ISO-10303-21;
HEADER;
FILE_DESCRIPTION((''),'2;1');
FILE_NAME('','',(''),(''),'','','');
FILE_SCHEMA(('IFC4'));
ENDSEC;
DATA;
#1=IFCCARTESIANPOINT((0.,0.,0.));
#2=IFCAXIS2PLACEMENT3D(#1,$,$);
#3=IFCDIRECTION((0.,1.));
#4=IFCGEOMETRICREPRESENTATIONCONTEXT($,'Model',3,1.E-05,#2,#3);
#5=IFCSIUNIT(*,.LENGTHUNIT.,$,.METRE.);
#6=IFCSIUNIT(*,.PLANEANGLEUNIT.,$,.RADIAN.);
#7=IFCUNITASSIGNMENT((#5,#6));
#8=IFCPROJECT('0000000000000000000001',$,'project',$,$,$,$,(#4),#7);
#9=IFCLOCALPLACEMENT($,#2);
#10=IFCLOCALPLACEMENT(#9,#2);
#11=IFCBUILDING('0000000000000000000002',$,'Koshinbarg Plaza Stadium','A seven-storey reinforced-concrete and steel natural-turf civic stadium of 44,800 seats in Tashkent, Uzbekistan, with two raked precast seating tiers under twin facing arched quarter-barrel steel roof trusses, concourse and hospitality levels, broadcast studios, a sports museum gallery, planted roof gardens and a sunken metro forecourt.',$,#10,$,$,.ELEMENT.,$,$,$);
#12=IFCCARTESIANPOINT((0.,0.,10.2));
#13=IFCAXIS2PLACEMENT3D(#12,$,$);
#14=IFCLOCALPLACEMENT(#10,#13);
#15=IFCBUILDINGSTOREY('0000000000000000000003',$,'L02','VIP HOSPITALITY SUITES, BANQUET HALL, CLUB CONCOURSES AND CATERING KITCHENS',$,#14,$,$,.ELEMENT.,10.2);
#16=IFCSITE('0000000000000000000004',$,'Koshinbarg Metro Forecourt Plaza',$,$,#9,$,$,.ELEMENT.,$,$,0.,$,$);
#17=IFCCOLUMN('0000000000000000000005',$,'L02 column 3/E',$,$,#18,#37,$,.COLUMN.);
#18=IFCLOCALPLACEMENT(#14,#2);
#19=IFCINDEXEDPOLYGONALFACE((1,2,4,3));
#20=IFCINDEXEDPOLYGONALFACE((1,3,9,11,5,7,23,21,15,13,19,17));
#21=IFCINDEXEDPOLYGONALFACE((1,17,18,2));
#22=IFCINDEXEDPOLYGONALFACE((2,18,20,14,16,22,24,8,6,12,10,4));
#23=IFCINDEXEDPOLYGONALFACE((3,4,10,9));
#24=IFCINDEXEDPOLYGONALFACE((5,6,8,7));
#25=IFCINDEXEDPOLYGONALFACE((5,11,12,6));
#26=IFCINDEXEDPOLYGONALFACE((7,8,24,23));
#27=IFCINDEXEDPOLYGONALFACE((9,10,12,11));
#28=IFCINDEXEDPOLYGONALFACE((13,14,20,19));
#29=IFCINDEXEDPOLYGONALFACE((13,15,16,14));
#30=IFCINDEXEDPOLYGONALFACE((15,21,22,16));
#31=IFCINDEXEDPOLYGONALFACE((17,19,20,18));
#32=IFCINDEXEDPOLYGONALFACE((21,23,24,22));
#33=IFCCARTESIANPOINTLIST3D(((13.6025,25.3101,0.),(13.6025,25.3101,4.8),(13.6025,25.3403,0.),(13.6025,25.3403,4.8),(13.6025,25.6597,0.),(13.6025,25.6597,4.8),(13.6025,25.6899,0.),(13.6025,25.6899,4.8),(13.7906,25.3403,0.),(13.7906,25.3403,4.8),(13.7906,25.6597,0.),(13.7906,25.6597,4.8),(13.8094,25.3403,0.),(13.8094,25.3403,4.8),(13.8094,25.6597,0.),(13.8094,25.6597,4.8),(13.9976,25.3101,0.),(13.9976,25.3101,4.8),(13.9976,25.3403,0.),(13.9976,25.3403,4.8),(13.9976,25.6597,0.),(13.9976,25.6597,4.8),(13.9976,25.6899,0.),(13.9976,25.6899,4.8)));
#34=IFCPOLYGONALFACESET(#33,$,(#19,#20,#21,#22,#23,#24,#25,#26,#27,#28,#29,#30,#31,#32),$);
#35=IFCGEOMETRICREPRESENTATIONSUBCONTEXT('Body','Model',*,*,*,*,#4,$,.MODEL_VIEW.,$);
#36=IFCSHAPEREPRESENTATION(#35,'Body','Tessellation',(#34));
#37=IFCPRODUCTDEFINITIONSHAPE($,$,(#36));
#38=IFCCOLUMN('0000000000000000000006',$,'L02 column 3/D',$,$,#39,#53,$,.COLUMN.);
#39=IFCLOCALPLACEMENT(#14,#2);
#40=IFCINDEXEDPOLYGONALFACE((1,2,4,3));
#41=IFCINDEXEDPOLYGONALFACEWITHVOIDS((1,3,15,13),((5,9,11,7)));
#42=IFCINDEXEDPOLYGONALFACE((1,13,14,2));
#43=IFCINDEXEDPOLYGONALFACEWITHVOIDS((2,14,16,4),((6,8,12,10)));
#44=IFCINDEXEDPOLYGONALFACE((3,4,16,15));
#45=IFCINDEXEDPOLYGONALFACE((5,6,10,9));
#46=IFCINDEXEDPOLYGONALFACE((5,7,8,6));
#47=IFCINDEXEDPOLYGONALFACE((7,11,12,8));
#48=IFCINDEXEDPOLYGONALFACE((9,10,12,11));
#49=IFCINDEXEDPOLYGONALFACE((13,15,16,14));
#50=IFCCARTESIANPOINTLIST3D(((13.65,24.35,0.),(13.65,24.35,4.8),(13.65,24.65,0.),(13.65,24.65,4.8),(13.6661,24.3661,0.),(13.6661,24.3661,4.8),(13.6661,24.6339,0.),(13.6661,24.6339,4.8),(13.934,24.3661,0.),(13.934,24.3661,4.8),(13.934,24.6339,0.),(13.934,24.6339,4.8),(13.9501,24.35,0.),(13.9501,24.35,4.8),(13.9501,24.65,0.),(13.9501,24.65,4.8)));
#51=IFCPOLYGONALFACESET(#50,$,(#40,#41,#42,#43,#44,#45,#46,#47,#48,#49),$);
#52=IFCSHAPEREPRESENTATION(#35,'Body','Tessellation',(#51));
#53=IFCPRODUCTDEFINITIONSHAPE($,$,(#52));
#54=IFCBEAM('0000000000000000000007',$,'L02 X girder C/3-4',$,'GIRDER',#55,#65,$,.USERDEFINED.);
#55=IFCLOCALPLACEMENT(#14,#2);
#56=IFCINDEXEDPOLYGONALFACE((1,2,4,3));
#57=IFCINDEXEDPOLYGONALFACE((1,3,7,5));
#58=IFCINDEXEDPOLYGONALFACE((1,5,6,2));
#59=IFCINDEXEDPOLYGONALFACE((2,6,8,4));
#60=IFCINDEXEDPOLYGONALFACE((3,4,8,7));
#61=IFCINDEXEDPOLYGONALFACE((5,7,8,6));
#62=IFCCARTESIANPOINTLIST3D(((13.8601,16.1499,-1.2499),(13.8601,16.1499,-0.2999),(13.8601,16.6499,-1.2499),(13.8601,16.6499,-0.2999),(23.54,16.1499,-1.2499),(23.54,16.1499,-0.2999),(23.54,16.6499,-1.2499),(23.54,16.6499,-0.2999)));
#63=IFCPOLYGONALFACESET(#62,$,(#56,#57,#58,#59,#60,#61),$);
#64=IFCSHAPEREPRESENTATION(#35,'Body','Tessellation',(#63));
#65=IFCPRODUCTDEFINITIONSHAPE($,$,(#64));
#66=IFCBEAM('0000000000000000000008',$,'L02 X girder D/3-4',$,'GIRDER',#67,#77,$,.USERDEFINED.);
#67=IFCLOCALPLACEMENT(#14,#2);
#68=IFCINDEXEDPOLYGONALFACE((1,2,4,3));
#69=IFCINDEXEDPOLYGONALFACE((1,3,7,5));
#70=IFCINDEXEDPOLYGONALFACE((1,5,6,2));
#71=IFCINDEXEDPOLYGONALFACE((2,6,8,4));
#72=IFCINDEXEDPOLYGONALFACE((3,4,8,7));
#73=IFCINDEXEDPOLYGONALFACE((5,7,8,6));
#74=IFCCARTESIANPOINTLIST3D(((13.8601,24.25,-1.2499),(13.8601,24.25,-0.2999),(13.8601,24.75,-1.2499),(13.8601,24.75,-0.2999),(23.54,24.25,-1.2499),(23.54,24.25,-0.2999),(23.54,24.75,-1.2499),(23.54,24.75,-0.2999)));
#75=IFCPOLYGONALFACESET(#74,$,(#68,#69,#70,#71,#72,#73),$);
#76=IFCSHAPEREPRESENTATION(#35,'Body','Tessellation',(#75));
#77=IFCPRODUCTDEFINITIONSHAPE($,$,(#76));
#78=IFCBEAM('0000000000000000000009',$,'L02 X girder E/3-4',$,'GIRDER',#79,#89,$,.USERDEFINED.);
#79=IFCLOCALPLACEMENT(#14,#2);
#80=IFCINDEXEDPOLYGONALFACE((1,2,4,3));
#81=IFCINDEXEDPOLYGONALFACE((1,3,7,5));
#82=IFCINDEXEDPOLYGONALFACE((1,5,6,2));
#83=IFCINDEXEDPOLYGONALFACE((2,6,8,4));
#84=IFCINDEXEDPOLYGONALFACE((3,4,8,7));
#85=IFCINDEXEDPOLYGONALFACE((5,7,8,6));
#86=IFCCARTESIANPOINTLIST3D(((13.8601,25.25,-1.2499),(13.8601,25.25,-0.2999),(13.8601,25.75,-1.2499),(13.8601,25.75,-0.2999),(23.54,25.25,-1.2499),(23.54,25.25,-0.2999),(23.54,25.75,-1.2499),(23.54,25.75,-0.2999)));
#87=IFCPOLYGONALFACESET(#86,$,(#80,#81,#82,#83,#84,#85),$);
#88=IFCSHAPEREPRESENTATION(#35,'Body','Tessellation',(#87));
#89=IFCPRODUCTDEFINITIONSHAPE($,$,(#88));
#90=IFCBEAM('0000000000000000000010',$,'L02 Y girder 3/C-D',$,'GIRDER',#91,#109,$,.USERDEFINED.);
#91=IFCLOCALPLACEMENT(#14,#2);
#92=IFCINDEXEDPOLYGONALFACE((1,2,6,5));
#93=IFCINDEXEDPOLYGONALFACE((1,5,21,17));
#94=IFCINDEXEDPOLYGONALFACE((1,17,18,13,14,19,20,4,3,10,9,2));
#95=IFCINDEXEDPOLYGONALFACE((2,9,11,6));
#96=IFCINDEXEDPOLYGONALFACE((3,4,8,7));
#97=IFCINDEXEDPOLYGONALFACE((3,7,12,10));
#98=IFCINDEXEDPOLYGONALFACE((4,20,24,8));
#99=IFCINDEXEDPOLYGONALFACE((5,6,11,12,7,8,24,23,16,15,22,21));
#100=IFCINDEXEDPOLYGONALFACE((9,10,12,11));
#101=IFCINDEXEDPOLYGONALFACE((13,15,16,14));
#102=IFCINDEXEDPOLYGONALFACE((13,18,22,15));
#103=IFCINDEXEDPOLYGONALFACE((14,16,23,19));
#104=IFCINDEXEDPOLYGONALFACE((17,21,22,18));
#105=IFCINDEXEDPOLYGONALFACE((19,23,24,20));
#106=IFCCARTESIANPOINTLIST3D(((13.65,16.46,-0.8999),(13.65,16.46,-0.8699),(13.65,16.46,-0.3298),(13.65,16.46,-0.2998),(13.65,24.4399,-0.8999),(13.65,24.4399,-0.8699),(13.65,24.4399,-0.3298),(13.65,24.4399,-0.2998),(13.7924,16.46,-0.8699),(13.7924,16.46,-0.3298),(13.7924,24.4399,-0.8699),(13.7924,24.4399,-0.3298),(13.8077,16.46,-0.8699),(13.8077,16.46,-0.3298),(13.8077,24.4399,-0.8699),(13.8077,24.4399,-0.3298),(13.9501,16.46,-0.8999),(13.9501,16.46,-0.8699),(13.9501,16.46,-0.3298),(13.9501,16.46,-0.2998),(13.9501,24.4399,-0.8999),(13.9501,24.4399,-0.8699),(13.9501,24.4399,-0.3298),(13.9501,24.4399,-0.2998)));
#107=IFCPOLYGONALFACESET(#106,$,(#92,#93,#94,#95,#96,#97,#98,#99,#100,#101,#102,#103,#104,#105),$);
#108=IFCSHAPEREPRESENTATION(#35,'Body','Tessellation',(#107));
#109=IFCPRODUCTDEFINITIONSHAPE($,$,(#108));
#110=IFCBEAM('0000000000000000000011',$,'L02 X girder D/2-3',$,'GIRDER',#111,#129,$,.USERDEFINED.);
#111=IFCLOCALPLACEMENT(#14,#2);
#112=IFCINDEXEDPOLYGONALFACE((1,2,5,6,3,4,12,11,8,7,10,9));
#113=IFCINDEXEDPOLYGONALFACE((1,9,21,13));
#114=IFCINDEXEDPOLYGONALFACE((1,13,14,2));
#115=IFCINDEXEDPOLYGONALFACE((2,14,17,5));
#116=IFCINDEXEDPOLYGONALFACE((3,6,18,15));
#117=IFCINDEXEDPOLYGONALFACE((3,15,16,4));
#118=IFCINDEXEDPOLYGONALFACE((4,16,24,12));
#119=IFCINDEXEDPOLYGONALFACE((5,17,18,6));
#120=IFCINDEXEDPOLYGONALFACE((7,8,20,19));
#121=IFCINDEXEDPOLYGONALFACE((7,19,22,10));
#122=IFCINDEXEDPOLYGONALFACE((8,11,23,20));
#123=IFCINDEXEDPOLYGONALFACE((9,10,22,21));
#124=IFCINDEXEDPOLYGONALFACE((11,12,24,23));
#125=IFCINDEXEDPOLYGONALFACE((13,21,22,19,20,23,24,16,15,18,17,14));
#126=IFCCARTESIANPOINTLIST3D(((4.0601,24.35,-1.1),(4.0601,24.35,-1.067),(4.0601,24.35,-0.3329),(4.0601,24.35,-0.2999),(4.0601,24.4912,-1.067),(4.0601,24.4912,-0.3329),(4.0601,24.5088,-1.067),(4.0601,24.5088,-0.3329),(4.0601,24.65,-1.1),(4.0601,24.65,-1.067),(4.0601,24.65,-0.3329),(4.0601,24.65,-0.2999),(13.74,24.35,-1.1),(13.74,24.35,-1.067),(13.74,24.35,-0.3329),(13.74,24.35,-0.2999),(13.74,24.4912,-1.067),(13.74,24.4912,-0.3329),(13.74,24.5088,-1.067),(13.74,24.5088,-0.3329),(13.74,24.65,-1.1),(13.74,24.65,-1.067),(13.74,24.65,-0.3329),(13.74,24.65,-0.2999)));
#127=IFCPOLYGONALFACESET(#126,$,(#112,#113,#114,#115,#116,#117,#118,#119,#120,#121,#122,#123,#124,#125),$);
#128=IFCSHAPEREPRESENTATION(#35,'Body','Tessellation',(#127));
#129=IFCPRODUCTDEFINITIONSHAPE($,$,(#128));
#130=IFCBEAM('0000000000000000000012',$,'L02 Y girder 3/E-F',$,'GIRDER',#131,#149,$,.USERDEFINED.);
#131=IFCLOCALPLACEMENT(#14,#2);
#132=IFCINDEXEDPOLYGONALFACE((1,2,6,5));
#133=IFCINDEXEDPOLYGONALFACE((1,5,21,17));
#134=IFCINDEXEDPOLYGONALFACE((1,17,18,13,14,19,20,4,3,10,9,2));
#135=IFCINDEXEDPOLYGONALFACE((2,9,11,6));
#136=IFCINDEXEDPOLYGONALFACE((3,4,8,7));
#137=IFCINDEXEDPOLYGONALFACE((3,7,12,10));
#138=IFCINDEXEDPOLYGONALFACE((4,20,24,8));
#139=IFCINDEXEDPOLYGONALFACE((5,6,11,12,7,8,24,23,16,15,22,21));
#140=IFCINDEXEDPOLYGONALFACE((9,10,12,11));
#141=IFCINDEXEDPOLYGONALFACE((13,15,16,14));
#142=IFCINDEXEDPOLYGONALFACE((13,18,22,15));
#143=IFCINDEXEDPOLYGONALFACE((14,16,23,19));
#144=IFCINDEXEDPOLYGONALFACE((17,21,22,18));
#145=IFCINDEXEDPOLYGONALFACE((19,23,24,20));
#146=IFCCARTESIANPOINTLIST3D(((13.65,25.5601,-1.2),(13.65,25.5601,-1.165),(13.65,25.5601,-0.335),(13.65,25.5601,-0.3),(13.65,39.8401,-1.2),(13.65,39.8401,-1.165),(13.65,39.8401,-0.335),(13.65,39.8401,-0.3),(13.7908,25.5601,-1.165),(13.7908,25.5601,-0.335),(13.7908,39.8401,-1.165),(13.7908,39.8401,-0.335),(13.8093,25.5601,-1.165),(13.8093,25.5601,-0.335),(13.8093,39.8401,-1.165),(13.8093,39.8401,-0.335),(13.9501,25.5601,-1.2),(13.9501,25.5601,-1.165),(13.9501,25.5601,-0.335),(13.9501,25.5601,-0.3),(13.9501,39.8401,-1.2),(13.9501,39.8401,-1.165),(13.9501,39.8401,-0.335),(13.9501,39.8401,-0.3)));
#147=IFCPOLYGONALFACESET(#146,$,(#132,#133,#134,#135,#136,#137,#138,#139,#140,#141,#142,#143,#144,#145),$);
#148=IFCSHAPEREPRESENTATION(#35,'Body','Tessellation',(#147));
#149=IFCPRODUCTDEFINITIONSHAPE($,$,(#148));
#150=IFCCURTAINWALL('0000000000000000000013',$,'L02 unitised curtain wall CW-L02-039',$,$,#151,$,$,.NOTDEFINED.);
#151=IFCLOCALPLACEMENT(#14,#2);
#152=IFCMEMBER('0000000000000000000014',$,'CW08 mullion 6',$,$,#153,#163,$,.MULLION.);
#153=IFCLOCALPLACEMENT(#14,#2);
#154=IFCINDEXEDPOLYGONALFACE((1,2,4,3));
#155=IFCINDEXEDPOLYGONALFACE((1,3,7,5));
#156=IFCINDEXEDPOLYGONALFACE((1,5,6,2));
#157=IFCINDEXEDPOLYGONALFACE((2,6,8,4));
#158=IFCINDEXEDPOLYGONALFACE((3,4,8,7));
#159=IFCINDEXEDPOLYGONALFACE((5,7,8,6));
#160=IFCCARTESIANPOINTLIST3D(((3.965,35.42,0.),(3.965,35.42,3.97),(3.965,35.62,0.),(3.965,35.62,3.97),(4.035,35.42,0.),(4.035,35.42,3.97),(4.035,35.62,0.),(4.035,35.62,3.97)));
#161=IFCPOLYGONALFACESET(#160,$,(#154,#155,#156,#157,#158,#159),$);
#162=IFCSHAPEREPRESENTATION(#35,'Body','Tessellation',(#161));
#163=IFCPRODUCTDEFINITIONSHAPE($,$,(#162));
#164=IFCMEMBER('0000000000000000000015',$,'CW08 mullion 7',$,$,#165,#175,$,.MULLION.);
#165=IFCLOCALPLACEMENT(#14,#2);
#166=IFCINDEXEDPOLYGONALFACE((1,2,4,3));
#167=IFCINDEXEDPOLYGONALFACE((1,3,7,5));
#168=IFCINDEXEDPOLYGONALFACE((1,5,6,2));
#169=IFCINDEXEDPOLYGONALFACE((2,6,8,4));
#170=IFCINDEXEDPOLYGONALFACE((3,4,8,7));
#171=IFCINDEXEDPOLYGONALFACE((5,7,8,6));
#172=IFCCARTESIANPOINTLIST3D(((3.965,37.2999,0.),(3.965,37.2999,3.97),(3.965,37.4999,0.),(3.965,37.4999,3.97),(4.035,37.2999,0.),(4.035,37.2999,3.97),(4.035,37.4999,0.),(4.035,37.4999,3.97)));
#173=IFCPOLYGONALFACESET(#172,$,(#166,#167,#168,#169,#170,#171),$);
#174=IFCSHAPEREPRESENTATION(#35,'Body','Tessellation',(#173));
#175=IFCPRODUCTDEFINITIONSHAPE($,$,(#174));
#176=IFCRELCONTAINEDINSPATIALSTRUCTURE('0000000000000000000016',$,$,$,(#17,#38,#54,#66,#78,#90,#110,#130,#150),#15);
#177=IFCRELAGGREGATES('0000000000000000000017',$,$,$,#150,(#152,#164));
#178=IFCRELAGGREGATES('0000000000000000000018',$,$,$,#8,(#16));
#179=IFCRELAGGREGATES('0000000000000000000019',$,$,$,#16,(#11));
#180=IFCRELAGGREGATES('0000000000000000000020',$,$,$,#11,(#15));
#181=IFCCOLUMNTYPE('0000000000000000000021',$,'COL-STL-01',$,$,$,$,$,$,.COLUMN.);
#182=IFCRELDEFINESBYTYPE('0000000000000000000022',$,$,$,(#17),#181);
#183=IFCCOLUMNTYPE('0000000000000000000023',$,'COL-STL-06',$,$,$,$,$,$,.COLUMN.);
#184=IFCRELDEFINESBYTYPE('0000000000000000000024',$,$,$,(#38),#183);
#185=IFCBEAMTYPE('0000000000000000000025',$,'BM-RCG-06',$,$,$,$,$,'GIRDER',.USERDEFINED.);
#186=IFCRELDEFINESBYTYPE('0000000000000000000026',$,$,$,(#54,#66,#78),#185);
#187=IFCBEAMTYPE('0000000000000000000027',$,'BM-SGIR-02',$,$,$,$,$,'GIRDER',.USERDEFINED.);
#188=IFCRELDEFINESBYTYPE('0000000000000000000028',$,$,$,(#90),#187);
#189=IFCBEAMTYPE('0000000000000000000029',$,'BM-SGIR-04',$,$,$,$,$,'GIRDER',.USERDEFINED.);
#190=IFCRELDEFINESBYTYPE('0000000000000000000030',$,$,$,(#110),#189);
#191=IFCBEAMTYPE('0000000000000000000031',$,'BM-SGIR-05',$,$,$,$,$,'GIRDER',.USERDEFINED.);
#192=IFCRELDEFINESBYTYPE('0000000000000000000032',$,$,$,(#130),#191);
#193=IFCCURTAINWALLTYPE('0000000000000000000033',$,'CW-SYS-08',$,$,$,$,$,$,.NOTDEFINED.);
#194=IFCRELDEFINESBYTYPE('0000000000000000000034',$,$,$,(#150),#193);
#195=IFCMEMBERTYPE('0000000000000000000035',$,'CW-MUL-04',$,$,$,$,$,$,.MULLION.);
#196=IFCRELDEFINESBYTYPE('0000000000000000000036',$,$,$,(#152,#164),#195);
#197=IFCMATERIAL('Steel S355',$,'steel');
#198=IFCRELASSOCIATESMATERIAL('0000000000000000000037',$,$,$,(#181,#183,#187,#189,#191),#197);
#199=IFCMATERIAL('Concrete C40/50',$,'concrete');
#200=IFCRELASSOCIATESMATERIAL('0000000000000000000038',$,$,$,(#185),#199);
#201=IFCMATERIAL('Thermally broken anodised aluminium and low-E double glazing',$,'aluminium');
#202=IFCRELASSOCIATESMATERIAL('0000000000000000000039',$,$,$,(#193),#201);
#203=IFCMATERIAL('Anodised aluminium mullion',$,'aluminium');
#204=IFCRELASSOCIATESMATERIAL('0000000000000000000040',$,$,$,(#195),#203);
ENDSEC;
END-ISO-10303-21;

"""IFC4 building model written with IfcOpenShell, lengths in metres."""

from ifc_helpers import new_model, si_unit, direction, frame, origin, origin_2d, place, context, subcontext, project, spatial, rectangle, hollow_rectangle, i_section, extrude, material, material_profile, profile_set, type_object, element, aggregate, save


model = new_model("IFC4")

# Units and contexts
model_context = context("Model", 3, precision=1e-05, world=origin(), true_north=direction((0.0, 1.0)))
body_context = subcontext(model_context, "Body", "Model", "MODEL_VIEW")
ifc_project = project(units=[si_unit("LENGTHUNIT", "METRE"), si_unit("PLANEANGLEUNIT", "RADIAN")], contexts=[model_context])

# Site, building, storey
site_placement = place(None, origin())
site = spatial("IfcSite", under=ifc_project, at=site_placement, Name="Koshinbarg Metro Forecourt Plaza", CompositionType="ELEMENT", RefElevation=0.0)
building_placement = place(site_placement, origin())
building = spatial("IfcBuilding", under=site, at=building_placement, Name="Koshinbarg Plaza Stadium", Description="A seven-storey reinforced-concrete and steel natural-turf civic stadium of 44,800 seats in Tashkent, Uzbekistan, with two raked precast seating tiers under twin facing arched quarter-barrel steel roof trusses, concourse and hospitality levels, broadcast studios, a sports museum gallery, planted roof gardens and a sunken metro forecourt.", CompositionType="ELEMENT")
storey_placement = place(building_placement, frame((0.0, 0.0, 10.2)))
storey = spatial("IfcBuildingStorey", under=building, at=storey_placement, Name="L02", Description="VIP HOSPITALITY SUITES, BANQUET HALL, CLUB CONCOURSES AND CATERING KITCHENS", CompositionType="ELEMENT", Elevation=10.2)

# Columns
ifc_material_1 = material(Name="Steel S355", Category="steel")
ifc_material_profile_1 = material_profile(ifc_material_1, i_section(OverallWidth=0.395, OverallDepth=0.3799, WebThickness=0.0188, FlangeThickness=0.0303, at=origin_2d()), Name="HD 400x237")
ifc_profile_set_1 = profile_set([ifc_material_profile_1], Name="Steel S355")
column_type_1 = type_object("IfcColumnType", Name="COL-STL-01", PredefinedType="COLUMN", material=ifc_profile_set_1)
column_1_placement = place(storey_placement, frame((13.8, 25.5, 0.0), z_axis=(0.0, 0.0, 1.0), x_axis=(1.0, 0.0, 0.0)))
element("IfcColumn", 1, at=column_1_placement, inside=storey, type_object=column_type_1, Name="L02 column 3/E", PredefinedType="COLUMN", context=body_context, shape_type="SweptSolid", body=[
    extrude(i_section(OverallWidth=0.395, OverallDepth=0.3799, WebThickness=0.0188, FlangeThickness=0.0303, at=origin_2d()), origin(), (0.0, 0.0, 1.0), 4.8),
])
ifc_material_profile_2 = material_profile(ifc_material_1, hollow_rectangle(XDim=0.3, YDim=0.3, WallThickness=0.0161, at=origin_2d()), Name="SHS 300x300x16")
ifc_profile_set_2 = profile_set([ifc_material_profile_2], Name="Steel S355")
column_type_2 = type_object("IfcColumnType", Name="COL-STL-06", PredefinedType="COLUMN", material=ifc_profile_set_2)
column_2_placement = place(storey_placement, frame((13.8, 24.5, 0.0), z_axis=(0.0, 0.0, 1.0), x_axis=(1.0, 0.0, 0.0)))
element("IfcColumn", 2, at=column_2_placement, inside=storey, type_object=column_type_2, Name="L02 column 3/D", PredefinedType="COLUMN", context=body_context, shape_type="SweptSolid", body=[
    extrude(hollow_rectangle(XDim=0.3, YDim=0.3, WallThickness=0.0161, at=origin_2d()), origin(), (0.0, 0.0, 1.0), 4.8),
])

# Beams
ifc_material_2 = material(Name="Concrete C40/50", Category="concrete")
ifc_material_profile_3 = material_profile(ifc_material_2, rectangle(XDim=0.5, YDim=0.95, at=origin_2d()), Name="RC 500x950")
ifc_profile_set_3 = profile_set([ifc_material_profile_3], Name="Concrete C40/50")
beam_type_1 = type_object("IfcBeamType", Name="BM-RCG-06", ElementType="GIRDER", PredefinedType="USERDEFINED", material=ifc_profile_set_3)
for number, where, z_axis, x_axis, name in (
    (3, (13.8601, 16.3999, -0.7749), (1.0, 0.0, 0.0), (0.0, 1.0, 0.0), "L02 X girder C/3-4"),
    (4, (13.8601, 24.5, -0.7749), (1.0, 0.0, 0.0), (0.0, 1.0, 0.0), "L02 X girder D/3-4"),
    (5, (13.8601, 25.5, -0.7749), (1.0, 0.0, 0.0), (0.0, 1.0, 0.0), "L02 X girder E/3-4"),
):
    element("IfcBeam", number, at=place(storey_placement, frame(where, z_axis=z_axis, x_axis=x_axis)), inside=storey, type_object=beam_type_1, Name=name, ObjectType="GIRDER", PredefinedType="USERDEFINED", context=body_context, shape_type="SweptSolid", body=[
        extrude(rectangle(XDim=0.5, YDim=0.95, at=origin_2d()), origin(), (0.0, 0.0, 1.0), 9.6799),
    ])
ifc_material_profile_4 = material_profile(ifc_material_1, i_section(OverallWidth=0.3, OverallDepth=0.6001, WebThickness=0.0154, FlangeThickness=0.03, at=origin_2d()), Name="HEB 600")
ifc_profile_set_4 = profile_set([ifc_material_profile_4], Name="Steel S355")
beam_type_2 = type_object("IfcBeamType", Name="BM-SGIR-02", ElementType="GIRDER", PredefinedType="USERDEFINED", material=ifc_profile_set_4)
beam_1_placement = place(storey_placement, frame((13.8, 16.46, -0.5999), z_axis=(0.0, 1.0, 0.0), x_axis=(-1.0, 0.0, 0.0)))
element("IfcBeam", 6, at=beam_1_placement, inside=storey, type_object=beam_type_2, Name="L02 Y girder 3/C-D", ObjectType="GIRDER", PredefinedType="USERDEFINED", context=body_context, shape_type="SweptSolid", body=[
    extrude(i_section(OverallWidth=0.3, OverallDepth=0.6001, WebThickness=0.0154, FlangeThickness=0.03, at=origin_2d()), origin(), (0.0, 0.0, 1.0), 7.98),
])
ifc_material_profile_5 = material_profile(ifc_material_1, i_section(OverallWidth=0.3, OverallDepth=0.8, WebThickness=0.0176, FlangeThickness=0.033, at=origin_2d()), Name="HEB 800")
ifc_profile_set_5 = profile_set([ifc_material_profile_5], Name="Steel S355")
beam_type_3 = type_object("IfcBeamType", Name="BM-SGIR-04", ElementType="GIRDER", PredefinedType="USERDEFINED", material=ifc_profile_set_5)
beam_2_placement = place(storey_placement, frame((4.0601, 24.5, -0.7), z_axis=(1.0, 0.0, 0.0), x_axis=(0.0, 1.0, 0.0)))
element("IfcBeam", 7, at=beam_2_placement, inside=storey, type_object=beam_type_3, Name="L02 X girder D/2-3", ObjectType="GIRDER", PredefinedType="USERDEFINED", context=body_context, shape_type="SweptSolid", body=[
    extrude(i_section(OverallWidth=0.3, OverallDepth=0.8, WebThickness=0.0176, FlangeThickness=0.033, at=origin_2d()), origin(), (0.0, 0.0, 1.0), 9.6799),
])
ifc_material_profile_6 = material_profile(ifc_material_1, i_section(OverallWidth=0.3, OverallDepth=0.8999, WebThickness=0.0186, FlangeThickness=0.0349, at=origin_2d()), Name="HEB 900")
ifc_profile_set_6 = profile_set([ifc_material_profile_6], Name="Steel S355")
beam_type_4 = type_object("IfcBeamType", Name="BM-SGIR-05", ElementType="GIRDER", PredefinedType="USERDEFINED", material=ifc_profile_set_6)
beam_3_placement = place(storey_placement, frame((13.8, 25.5601, -0.75), z_axis=(0.0, 1.0, 0.0), x_axis=(-1.0, 0.0, 0.0)))
element("IfcBeam", 8, at=beam_3_placement, inside=storey, type_object=beam_type_4, Name="L02 Y girder 3/E-F", ObjectType="GIRDER", PredefinedType="USERDEFINED", context=body_context, shape_type="SweptSolid", body=[
    extrude(i_section(OverallWidth=0.3, OverallDepth=0.8999, WebThickness=0.0186, FlangeThickness=0.0349, at=origin_2d()), origin(), (0.0, 0.0, 1.0), 14.28),
])

# Curtain wall, members
ifc_material_3 = material(Name="Thermally broken anodised aluminium and low-E double glazing", Category="aluminium")
curtain_wall_type = type_object("IfcCurtainWallType", Name="CW-SYS-08", PredefinedType="NOTDEFINED", material=ifc_material_3)
curtain_wall_placement = place(storey_placement, origin())
curtain_wall = element("IfcCurtainWall", 9, at=curtain_wall_placement, inside=storey, type_object=curtain_wall_type, Name="L02 unitised curtain wall CW-L02-039", PredefinedType="NOTDEFINED")
ifc_material_4 = material(Name="Anodised aluminium mullion", Category="aluminium")
ifc_material_profile_7 = material_profile(ifc_material_4, rectangle(XDim=0.0701, YDim=0.2, at=origin_2d()), Name="ALU 70x200")
ifc_profile_set_7 = profile_set([ifc_material_profile_7], Name="Anodised aluminium mullion")
member_type_1 = type_object("IfcMemberType", Name="CW-MUL-04", PredefinedType="MULLION", material=ifc_profile_set_7)
member_1_placement = place(storey_placement, frame((4.0, 35.52, 0.0), z_axis=(0.0, 0.0, 1.0), x_axis=(-1.0, 0.0, 0.0)))
member_1 = element("IfcMember", 10, at=member_1_placement, type_object=member_type_1, Name="CW08 mullion 6", PredefinedType="MULLION", context=body_context, shape_type="SweptSolid", body=[
    extrude(rectangle(XDim=0.0701, YDim=0.2, at=origin_2d()), origin(), (0.0, 0.0, 1.0), 3.97),
])
member_2_placement = place(storey_placement, frame((4.0, 37.3999, 0.0), z_axis=(0.0, 0.0, 1.0), x_axis=(-1.0, 0.0, 0.0)))
member_2 = element("IfcMember", 11, at=member_2_placement, type_object=member_type_1, Name="CW08 mullion 7", PredefinedType="MULLION", context=body_context, shape_type="SweptSolid", body=[
    extrude(rectangle(XDim=0.0701, YDim=0.2, at=origin_2d()), origin(), (0.0, 0.0, 1.0), 3.97),
])
aggregate(curtain_wall, [member_1, member_2])

save(model, "model.ifc")
